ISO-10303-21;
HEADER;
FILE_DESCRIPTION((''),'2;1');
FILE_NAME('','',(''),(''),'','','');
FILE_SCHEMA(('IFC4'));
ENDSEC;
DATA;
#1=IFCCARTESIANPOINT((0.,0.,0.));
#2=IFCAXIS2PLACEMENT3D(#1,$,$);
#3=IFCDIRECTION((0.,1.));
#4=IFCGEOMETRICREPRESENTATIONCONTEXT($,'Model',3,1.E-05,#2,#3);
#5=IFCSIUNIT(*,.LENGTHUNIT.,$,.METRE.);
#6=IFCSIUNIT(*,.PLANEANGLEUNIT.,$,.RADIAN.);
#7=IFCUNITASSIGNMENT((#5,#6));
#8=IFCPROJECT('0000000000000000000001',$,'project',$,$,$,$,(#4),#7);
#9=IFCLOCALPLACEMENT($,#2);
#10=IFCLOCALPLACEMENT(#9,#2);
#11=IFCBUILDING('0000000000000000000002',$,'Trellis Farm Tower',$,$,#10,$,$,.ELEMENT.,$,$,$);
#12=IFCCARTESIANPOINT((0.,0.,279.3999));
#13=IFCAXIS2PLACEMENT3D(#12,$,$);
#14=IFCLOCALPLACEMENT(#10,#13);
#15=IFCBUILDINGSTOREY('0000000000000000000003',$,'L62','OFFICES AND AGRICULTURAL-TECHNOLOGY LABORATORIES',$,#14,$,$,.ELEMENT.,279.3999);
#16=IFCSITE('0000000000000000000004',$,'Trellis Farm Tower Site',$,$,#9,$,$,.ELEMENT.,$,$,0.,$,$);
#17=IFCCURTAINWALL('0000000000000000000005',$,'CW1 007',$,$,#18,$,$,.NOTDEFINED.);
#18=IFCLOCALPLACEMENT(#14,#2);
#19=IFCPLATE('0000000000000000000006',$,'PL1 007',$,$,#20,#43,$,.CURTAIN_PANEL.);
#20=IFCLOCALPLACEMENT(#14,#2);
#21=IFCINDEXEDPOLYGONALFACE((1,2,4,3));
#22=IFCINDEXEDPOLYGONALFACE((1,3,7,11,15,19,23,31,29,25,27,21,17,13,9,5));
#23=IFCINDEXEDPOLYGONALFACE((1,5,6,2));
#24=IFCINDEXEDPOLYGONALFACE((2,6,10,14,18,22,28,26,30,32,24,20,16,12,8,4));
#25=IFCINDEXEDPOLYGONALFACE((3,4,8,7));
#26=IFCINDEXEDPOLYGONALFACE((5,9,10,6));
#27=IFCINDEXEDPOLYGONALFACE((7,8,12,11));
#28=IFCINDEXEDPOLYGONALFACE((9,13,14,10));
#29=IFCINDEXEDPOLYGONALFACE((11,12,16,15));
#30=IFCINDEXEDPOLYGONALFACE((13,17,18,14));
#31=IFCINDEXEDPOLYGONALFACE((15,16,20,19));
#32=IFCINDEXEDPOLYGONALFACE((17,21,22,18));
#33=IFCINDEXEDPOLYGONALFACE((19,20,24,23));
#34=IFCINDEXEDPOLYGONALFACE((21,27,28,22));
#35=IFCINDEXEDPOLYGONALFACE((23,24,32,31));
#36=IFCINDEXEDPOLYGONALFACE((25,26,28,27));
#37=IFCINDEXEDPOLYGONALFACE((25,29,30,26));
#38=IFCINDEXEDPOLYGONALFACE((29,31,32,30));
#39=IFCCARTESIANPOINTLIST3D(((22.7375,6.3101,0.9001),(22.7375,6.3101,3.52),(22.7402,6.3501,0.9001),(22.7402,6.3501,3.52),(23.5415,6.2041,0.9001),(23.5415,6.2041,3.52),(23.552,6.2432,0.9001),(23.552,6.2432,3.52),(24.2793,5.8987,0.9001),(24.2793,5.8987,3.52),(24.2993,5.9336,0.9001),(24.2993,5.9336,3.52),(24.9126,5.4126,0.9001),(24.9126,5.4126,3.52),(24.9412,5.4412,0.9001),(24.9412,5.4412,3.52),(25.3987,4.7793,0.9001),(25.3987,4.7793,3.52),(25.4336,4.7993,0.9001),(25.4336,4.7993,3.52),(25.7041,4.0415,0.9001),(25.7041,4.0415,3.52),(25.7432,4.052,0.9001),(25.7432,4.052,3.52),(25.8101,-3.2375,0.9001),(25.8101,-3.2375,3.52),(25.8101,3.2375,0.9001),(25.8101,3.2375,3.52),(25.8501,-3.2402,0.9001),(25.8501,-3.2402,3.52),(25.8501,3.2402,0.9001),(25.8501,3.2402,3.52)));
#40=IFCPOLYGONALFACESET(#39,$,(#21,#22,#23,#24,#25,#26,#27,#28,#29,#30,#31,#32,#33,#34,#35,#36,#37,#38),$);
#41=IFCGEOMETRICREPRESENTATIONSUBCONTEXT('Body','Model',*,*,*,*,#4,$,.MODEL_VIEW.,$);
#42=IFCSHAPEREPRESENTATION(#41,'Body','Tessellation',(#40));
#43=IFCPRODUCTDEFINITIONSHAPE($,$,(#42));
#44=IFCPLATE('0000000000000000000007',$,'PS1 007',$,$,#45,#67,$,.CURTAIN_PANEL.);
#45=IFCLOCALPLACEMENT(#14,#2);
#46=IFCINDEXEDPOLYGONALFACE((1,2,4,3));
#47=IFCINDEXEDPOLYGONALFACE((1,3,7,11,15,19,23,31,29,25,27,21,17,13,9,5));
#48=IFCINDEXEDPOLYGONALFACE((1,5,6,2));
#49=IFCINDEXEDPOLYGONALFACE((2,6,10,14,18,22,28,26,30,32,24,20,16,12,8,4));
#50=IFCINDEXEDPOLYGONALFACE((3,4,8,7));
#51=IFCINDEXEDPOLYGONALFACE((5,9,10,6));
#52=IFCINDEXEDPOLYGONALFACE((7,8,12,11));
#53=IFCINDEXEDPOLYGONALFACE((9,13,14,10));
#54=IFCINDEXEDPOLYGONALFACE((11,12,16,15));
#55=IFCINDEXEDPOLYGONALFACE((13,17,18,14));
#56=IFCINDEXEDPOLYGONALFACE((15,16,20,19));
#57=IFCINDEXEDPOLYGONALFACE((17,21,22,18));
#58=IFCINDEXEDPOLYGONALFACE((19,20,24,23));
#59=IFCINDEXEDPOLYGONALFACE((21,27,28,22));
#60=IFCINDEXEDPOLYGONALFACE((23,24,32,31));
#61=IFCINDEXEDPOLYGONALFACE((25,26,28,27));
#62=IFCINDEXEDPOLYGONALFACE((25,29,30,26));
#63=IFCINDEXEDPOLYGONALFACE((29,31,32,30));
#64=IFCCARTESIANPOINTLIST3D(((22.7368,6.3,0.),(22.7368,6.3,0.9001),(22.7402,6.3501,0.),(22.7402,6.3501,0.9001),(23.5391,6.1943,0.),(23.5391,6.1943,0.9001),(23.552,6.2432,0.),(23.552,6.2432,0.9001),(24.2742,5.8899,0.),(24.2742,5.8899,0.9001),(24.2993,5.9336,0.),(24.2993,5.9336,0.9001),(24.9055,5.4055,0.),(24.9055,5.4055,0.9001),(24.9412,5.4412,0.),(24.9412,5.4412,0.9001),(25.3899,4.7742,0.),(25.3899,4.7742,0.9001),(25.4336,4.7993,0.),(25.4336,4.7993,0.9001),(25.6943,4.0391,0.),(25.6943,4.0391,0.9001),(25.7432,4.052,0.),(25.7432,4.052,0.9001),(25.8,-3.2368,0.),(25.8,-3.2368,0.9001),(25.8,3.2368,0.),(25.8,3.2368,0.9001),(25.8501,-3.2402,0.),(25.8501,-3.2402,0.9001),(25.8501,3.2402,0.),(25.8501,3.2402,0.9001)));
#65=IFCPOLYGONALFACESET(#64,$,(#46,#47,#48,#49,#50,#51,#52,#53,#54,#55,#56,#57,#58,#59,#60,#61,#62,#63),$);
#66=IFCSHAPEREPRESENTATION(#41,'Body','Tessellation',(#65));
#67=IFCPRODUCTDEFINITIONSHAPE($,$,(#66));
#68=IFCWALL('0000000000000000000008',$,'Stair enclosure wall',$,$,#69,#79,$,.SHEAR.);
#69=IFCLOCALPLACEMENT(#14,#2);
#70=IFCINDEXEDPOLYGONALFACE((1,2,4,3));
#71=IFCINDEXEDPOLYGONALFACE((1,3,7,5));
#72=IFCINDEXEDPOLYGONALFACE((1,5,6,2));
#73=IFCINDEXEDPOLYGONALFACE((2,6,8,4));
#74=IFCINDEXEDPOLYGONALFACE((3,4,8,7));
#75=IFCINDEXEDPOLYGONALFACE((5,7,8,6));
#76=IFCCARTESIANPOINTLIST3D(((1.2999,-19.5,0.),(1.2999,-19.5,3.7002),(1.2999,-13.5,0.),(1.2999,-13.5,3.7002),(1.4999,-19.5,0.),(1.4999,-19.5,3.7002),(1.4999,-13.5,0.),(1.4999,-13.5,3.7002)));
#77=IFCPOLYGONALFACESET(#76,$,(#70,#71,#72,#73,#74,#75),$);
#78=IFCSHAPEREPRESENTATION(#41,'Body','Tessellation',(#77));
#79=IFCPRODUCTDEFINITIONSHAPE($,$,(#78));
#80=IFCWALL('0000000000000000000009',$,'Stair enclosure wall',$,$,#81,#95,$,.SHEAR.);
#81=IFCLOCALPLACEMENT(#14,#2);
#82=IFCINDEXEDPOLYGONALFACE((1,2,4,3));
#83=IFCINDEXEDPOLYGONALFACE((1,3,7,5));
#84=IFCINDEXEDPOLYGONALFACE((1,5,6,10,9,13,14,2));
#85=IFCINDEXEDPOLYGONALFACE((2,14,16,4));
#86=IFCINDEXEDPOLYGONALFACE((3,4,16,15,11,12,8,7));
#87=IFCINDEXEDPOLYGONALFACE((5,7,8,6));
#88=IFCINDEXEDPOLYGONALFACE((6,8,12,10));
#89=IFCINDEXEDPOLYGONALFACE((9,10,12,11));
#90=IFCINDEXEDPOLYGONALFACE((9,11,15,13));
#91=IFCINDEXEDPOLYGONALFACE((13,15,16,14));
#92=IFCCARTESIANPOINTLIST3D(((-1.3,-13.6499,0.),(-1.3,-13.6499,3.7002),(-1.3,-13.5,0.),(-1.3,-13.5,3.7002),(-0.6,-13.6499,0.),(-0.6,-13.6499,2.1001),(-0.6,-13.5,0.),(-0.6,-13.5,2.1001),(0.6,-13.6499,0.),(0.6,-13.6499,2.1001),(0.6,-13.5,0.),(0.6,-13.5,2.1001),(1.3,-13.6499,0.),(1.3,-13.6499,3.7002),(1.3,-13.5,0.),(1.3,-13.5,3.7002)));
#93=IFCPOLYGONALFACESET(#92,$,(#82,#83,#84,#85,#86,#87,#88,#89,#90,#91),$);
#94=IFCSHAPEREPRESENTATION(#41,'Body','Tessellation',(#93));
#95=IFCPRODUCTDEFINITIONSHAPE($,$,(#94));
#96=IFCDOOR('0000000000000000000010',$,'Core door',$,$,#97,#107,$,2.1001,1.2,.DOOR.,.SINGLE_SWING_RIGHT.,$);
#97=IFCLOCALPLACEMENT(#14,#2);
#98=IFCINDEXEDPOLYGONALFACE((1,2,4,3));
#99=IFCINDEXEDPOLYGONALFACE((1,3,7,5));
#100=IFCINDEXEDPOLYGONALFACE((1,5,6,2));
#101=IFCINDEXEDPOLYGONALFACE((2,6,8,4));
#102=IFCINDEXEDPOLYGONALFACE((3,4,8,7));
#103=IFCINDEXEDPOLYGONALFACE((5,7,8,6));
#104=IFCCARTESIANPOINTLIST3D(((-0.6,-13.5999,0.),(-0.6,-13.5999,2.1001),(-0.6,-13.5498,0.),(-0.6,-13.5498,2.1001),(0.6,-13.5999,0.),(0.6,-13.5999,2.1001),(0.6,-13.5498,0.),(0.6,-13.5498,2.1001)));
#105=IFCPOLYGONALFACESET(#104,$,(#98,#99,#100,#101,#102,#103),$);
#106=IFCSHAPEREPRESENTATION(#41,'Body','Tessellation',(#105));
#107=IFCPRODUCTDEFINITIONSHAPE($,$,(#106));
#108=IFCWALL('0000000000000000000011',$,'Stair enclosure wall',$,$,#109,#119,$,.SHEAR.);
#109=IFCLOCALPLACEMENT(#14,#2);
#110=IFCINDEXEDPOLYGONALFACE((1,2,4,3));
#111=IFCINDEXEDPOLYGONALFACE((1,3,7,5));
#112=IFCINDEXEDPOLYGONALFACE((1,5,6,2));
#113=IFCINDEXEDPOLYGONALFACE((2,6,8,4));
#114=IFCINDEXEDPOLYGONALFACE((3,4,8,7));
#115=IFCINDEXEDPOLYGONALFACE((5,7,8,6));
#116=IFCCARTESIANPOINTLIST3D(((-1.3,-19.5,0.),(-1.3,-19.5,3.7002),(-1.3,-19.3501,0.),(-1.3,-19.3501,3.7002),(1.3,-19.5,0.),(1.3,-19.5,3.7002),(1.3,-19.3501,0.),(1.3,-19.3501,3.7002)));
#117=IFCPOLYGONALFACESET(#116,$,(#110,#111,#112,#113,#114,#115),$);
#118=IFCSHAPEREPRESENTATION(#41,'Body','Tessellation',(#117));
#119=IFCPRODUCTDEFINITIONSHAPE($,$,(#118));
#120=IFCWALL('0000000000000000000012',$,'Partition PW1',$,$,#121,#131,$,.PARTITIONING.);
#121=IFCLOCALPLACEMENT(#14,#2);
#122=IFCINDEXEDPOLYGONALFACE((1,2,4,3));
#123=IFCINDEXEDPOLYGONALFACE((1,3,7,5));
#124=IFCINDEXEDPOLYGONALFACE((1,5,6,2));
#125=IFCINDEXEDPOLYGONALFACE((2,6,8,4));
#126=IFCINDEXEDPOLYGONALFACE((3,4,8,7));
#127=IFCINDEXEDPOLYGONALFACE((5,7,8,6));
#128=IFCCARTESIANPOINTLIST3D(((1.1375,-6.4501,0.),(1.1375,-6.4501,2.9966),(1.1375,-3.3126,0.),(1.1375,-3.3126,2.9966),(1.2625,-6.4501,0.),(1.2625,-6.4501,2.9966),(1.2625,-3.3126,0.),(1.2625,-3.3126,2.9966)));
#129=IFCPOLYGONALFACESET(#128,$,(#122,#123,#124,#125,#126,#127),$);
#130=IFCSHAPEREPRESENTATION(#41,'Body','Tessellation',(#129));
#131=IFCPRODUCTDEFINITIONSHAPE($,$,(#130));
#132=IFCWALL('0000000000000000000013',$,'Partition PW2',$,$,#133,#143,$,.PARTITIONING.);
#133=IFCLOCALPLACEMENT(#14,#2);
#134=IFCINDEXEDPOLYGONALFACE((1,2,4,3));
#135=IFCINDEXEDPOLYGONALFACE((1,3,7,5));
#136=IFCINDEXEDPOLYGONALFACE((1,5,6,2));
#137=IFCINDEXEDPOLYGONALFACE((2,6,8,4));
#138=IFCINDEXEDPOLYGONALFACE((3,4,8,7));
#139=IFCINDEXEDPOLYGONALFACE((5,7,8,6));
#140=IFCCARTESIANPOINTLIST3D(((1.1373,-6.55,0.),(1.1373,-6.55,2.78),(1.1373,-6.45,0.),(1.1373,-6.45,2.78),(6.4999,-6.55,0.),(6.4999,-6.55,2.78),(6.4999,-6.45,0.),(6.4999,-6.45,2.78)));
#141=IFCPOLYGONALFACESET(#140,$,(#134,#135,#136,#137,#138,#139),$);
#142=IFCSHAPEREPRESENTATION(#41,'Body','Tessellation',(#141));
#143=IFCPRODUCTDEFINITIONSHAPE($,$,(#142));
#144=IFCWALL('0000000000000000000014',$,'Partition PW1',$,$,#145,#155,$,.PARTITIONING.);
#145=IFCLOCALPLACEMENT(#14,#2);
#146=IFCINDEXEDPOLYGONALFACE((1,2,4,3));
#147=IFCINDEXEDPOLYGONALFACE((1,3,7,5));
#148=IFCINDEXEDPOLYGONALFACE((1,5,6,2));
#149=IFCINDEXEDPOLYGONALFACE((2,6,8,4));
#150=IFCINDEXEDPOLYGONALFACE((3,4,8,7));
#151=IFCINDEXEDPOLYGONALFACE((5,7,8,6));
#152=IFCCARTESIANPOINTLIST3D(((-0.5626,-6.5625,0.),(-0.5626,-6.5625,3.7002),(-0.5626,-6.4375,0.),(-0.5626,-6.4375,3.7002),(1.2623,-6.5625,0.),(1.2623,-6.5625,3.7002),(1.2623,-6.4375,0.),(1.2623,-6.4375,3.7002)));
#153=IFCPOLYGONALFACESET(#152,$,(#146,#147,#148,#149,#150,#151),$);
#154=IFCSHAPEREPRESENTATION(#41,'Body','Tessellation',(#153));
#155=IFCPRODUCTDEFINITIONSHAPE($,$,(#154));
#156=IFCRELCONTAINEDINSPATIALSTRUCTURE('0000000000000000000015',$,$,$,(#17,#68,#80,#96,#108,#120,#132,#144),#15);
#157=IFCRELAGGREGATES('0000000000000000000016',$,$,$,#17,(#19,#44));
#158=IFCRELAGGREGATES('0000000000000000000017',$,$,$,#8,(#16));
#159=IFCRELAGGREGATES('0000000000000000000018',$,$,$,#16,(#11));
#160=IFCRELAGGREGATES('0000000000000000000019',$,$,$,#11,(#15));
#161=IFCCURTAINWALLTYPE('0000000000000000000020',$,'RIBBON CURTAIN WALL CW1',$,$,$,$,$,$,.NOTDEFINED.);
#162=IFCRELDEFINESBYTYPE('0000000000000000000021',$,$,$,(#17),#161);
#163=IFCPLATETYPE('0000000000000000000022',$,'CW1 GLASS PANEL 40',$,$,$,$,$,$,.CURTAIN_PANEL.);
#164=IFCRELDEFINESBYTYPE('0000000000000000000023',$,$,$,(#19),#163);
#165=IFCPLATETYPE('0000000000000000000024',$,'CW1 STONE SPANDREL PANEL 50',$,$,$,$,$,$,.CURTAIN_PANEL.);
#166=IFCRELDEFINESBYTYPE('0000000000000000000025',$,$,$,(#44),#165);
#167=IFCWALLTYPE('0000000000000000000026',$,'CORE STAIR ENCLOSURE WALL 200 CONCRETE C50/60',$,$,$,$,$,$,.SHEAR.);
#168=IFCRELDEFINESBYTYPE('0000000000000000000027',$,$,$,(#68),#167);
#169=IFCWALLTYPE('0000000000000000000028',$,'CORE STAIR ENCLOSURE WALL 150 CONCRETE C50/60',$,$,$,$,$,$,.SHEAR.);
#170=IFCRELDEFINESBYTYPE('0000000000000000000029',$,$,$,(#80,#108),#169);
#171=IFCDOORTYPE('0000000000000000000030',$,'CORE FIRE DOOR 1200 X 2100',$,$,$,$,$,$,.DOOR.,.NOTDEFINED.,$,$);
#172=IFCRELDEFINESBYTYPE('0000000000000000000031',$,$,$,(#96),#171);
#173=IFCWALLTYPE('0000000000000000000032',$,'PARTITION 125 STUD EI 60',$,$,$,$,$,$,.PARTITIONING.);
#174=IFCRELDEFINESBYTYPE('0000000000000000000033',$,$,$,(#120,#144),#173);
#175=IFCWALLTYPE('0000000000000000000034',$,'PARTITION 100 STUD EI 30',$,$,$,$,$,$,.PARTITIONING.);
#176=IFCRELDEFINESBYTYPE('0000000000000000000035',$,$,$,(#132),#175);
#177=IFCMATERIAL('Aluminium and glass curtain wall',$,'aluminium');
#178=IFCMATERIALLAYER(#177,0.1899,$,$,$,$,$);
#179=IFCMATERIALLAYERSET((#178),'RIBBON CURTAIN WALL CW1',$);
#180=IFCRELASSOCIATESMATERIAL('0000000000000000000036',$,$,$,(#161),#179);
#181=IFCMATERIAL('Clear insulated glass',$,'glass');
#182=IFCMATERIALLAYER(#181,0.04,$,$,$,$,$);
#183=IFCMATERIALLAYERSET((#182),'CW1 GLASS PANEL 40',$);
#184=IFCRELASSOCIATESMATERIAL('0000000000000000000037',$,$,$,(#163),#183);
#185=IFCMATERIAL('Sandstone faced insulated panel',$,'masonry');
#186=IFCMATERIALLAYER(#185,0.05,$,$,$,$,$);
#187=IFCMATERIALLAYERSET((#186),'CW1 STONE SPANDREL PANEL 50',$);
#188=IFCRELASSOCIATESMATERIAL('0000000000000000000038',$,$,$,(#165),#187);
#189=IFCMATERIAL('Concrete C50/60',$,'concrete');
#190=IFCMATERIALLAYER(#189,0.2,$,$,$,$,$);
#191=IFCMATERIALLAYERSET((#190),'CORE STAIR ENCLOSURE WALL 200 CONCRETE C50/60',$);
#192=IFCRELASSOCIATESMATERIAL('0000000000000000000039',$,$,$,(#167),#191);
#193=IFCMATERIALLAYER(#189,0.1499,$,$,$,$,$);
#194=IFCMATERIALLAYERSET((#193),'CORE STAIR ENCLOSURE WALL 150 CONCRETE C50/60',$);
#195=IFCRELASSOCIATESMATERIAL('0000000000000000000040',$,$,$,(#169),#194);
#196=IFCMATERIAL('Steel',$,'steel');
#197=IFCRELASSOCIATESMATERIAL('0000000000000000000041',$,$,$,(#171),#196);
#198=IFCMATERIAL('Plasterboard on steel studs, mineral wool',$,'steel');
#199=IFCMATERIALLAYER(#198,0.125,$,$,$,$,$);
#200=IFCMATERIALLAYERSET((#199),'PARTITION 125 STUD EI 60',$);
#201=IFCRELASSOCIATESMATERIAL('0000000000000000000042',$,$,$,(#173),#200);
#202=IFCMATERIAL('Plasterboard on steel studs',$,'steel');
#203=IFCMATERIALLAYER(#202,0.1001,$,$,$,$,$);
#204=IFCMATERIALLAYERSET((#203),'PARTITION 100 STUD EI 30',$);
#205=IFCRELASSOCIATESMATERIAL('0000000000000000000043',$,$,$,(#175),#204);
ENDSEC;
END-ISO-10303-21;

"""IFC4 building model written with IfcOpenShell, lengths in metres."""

from ifc_helpers import new_model, si_unit, direction, frame, frame_2d, origin, place, context, subcontext, project, spatial, polyline, rectangle, outline, extrude, source, transform, mapped, material, layer, layer_set, type_object, element, fill, aggregate, save


model = new_model("IFC4")

# Units and contexts
model_context = context("Model", 3, precision=1e-05, world=origin(), true_north=direction((0.0, 1.0)))
body_context = subcontext(model_context, "Body", "Model", "MODEL_VIEW")
ifc_project = project(units=[si_unit("LENGTHUNIT", "METRE"), si_unit("PLANEANGLEUNIT", "RADIAN")], contexts=[model_context])

# Site, building, storey
site_placement = place(None, origin())
site = spatial("IfcSite", under=ifc_project, at=site_placement, Name="Trellis Farm Tower Site", CompositionType="ELEMENT", RefElevation=0.0)
building_placement = place(site_placement, origin())
building = spatial("IfcBuilding", under=site, at=building_placement, Name="Trellis Farm Tower", CompositionType="ELEMENT")
storey_placement = place(building_placement, frame((0.0, 0.0, 279.3999)))
storey = spatial("IfcBuildingStorey", under=building, at=storey_placement, Name="L62", Description="OFFICES AND AGRICULTURAL-TECHNOLOGY LABORATORIES", CompositionType="ELEMENT", Elevation=279.3999)

# Curtain wall
ifc_material_1 = material(Name="Aluminium and glass curtain wall", Category="aluminium")
placement_1 = place(storey_placement, origin())
ifc_layer_1 = layer(ifc_material_1, 0.1899)
ifc_layer_set_1 = layer_set([ifc_layer_1], Name="RIBBON CURTAIN WALL CW1")
curtain_wall_type_1 = type_object("IfcCurtainWallType", Name="RIBBON CURTAIN WALL CW1", PredefinedType="NOTDEFINED", material=ifc_layer_set_1)
curtain_wall_1 = element("IfcCurtainWall", 1, at=placement_1, inside=storey, type_object=curtain_wall_type_1, Name="CW1 007", PredefinedType="NOTDEFINED")

# Plates
ifc_material_2 = material(Name="Clear insulated glass", Category="glass")
ifc_layer_2 = layer(ifc_material_2, 0.04)
ifc_layer_set_2 = layer_set([ifc_layer_2], Name="CW1 GLASS PANEL 40")
plate_type_1 = type_object("IfcPlateType", Name="CW1 GLASS PANEL 40", PredefinedType="CURTAIN_PANEL", material=ifc_layer_set_2)
placement_2 = place(storey_placement, frame((0.0, 0.0, 0.9001)))
ifc_material_3 = material(Name="Sandstone faced insulated panel", Category="masonry")
ifc_layer_3 = layer(ifc_material_3, 0.05)
ifc_layer_set_3 = layer_set([ifc_layer_3], Name="CW1 STONE SPANDREL PANEL 50")
plate_type_2 = type_object("IfcPlateType", Name="CW1 STONE SPANDREL PANEL 50", PredefinedType="CURTAIN_PANEL", material=ifc_layer_set_3)
shared_shape_1 = source(origin(), body_context, "Body", "SweptSolid", [
    extrude(outline(polyline([(25.8501, -3.2402), (25.8501, 3.2402), (25.7432, 4.052), (25.4336, 4.7993), (24.9412, 5.4412), (24.2993, 5.9336), (23.552, 6.2432), (22.7402, 6.3501), (22.7375, 6.3101), (23.5415, 6.2041), (24.2793, 5.8987), (24.9126, 5.4126), (25.3987, 4.7793), (25.7041, 4.0415), (25.8101, 3.2375), (25.8101, -3.2375), (25.8501, -3.2402)])), origin(), (0.0, 0.0, 1.0), 2.6199),
])
plate_1 = element("IfcPlate", 2, at=placement_2, type_object=plate_type_1, Name="PL1 007", PredefinedType="CURTAIN_PANEL", context=body_context, shape_type="MappedRepresentation", body=[
    mapped(shared_shape_1, transform((0.0, 0.0, 0.0))),
])
shared_shape_2 = source(origin(), body_context, "Body", "SweptSolid", [
    extrude(outline(polyline([(25.8501, -3.2402), (25.8501, 3.2402), (25.7432, 4.052), (25.4336, 4.7993), (24.9412, 5.4412), (24.2993, 5.9336), (23.552, 6.2432), (22.7402, 6.3501), (22.7368, 6.3), (23.5391, 6.1943), (24.2742, 5.8899), (24.9055, 5.4055), (25.3899, 4.7742), (25.6943, 4.0391), (25.8, 3.2368), (25.8, -3.2368), (25.8501, -3.2402)])), origin(), (0.0, 0.0, 1.0), 0.9001),
])
plate_2 = element("IfcPlate", 3, at=placement_1, type_object=plate_type_2, Name="PS1 007", PredefinedType="CURTAIN_PANEL", context=body_context, shape_type="MappedRepresentation", body=[
    mapped(shared_shape_2, transform((0.0, 0.0, 0.0))),
])
aggregate(curtain_wall_1, [plate_1, plate_2])

# Wall
ifc_material_4 = material(Name="Concrete C50/60", Category="concrete")
ifc_layer_4 = layer(ifc_material_4, 0.2)
ifc_layer_set_4 = layer_set([ifc_layer_4], Name="CORE STAIR ENCLOSURE WALL 200 CONCRETE C50/60")
wall_type_1 = type_object("IfcWallType", Name="CORE STAIR ENCLOSURE WALL 200 CONCRETE C50/60", PredefinedType="SHEAR", material=ifc_layer_set_4)
shared_shape_3 = source(origin(), body_context, "Body", "SweptSolid", [
    extrude(rectangle(XDim=6.0, YDim=0.2, at=frame_2d((3.0, 0.0))), origin(), (0.0, 0.0, 1.0), 3.7002),
])
wall_1_placement = place(storey_placement, frame((1.3999, -13.5, 0.0), z_axis=(0.0, 0.0, 1.0), x_axis=(0.0, -1.0, 0.0)))
element("IfcWall", 4, at=wall_1_placement, inside=storey, type_object=wall_type_1, Name="Stair enclosure wall", PredefinedType="SHEAR", context=body_context, shape_type="MappedRepresentation", body=[
    mapped(shared_shape_3, transform((0.0, 0.0, 0.0))),
])

# Wall, opening, door
ifc_layer_5 = layer(ifc_material_4, 0.1499)
ifc_layer_set_5 = layer_set([ifc_layer_5], Name="CORE STAIR ENCLOSURE WALL 150 CONCRETE C50/60")
wall_type_2 = type_object("IfcWallType", Name="CORE STAIR ENCLOSURE WALL 150 CONCRETE C50/60", PredefinedType="SHEAR", material=ifc_layer_set_5)
shared_shape_4 = source(origin(), body_context, "Body", "SweptSolid", [
    extrude(rectangle(XDim=2.6001, YDim=0.1499, at=frame_2d((1.3, 0.0))), origin(), (0.0, 0.0, 1.0), 3.7002),
])
wall_2_placement = place(storey_placement, frame((1.3, -13.575, 0.0), z_axis=(0.0, 0.0, 1.0), x_axis=(-1.0, 0.0, 0.0)))
wall_2 = element("IfcWall", 5, at=wall_2_placement, inside=storey, type_object=wall_type_2, Name="Stair enclosure wall", PredefinedType="SHEAR", context=body_context, shape_type="MappedRepresentation", body=[
    mapped(shared_shape_4, transform((0.0, 0.0, 0.0))),
])
shared_shape_5 = source(origin(), body_context, "Body", "SweptSolid", [
    extrude(rectangle(XDim=1.2, YDim=2.1001, at=frame_2d((0.6001, 1.05))), frame((0.0, 0.085, 0.0), z_axis=(0.0, -1.0, 0.0), x_axis=(1.0, 0.0, 0.0)), (0.0, 0.0, 1.0), 0.1699),
])
opening_1_placement = place(wall_2_placement, frame((0.7, 0.0, 0.0)))
opening_1 = element("IfcOpeningElement", 6, at=opening_1_placement, cuts=wall_2, PredefinedType="OPENING", context=body_context, shape_type="MappedRepresentation", body=[
    mapped(shared_shape_5, transform((0.0, 0.0, 0.0))),
])
ifc_material_5 = material(Name="Steel", Category="steel")
door_type_1 = type_object("IfcDoorType", Name="CORE FIRE DOOR 1200 X 2100", OperationType="NOTDEFINED", PredefinedType="DOOR", material=ifc_material_5)
shared_shape_6 = source(origin(), body_context, "Body", "SweptSolid", [
    extrude(rectangle(XDim=1.2, YDim=2.1001, at=frame_2d((0.6001, 1.05))), frame((0.0, 0.0249, 0.0), z_axis=(0.0, -1.0, 0.0), x_axis=(1.0, 0.0, 0.0)), (0.0, 0.0, 1.0), 0.05),
])
door_1_placement = place(opening_1_placement, origin())
door_1 = element("IfcDoor", 7, at=door_1_placement, inside=storey, type_object=door_type_1, Name="Core door", OperationType="SINGLE_SWING_RIGHT", OverallHeight=2.1001, OverallWidth=1.2, PredefinedType="DOOR", context=body_context, shape_type="MappedRepresentation", body=[
    mapped(shared_shape_6, transform((0.0, 0.0, 0.0))),
])
fill(opening_1, door_1)

# Walls
wall_3_placement = place(storey_placement, frame((1.3, -19.425, 0.0), z_axis=(0.0, 0.0, 1.0), x_axis=(-1.0, 0.0, 0.0)))
element("IfcWall", 8, at=wall_3_placement, inside=storey, type_object=wall_type_2, Name="Stair enclosure wall", PredefinedType="SHEAR", context=body_context, shape_type="MappedRepresentation", body=[
    mapped(shared_shape_4, transform((0.0, 0.0, 0.0))),
])
ifc_material_6 = material(Name="Plasterboard on steel studs, mineral wool", Category="steel")
ifc_layer_6 = layer(ifc_material_6, 0.125)
ifc_layer_set_6 = layer_set([ifc_layer_6], Name="PARTITION 125 STUD EI 60")
wall_type_3 = type_object("IfcWallType", Name="PARTITION 125 STUD EI 60", PredefinedType="PARTITIONING", material=ifc_layer_set_6)
shared_shape_7 = source(origin(), body_context, "Body", "SweptSolid", [
    extrude(rectangle(XDim=3.1375, YDim=0.125, at=frame_2d((1.5688, 0.0))), origin(), (0.0, 0.0, 1.0), 2.9966),
])
wall_4_placement = place(storey_placement, frame((1.2, -3.3125, 0.0), z_axis=(0.0, 0.0, 1.0), x_axis=(0.0, -1.0, 0.0)))
element("IfcWall", 9, at=wall_4_placement, inside=storey, type_object=wall_type_3, Name="Partition PW1", PredefinedType="PARTITIONING", context=body_context, shape_type="MappedRepresentation", body=[
    mapped(shared_shape_7, transform((0.0, 0.0, 0.0))),
])
ifc_material_7 = material(Name="Plasterboard on steel studs", Category="steel")
ifc_layer_7 = layer(ifc_material_7, 0.1001)
ifc_layer_set_7 = layer_set([ifc_layer_7], Name="PARTITION 100 STUD EI 30")
wall_type_4 = type_object("IfcWallType", Name="PARTITION 100 STUD EI 30", PredefinedType="PARTITIONING", material=ifc_layer_set_7)
shared_shape_8 = source(origin(), body_context, "Body", "SweptSolid", [
    extrude(rectangle(XDim=5.3625, YDim=0.1001, at=frame_2d((2.6812, 0.0))), origin(), (0.0, 0.0, 1.0), 2.78),
])
wall_5_placement = place(storey_placement, frame((1.1375, -6.5, 0.0), z_axis=(0.0, 0.0, 1.0), x_axis=(1.0, 0.0, 0.0)))
element("IfcWall", 10, at=wall_5_placement, inside=storey, type_object=wall_type_4, Name="Partition PW2", PredefinedType="PARTITIONING", context=body_context, shape_type="MappedRepresentation", body=[
    mapped(shared_shape_8, transform((0.0, 0.0, 0.0))),
])
shared_shape_9 = source(origin(), body_context, "Body", "SweptSolid", [
    extrude(rectangle(XDim=1.825, YDim=0.125, at=frame_2d((0.9126, 0.0))), origin(), (0.0, 0.0, 1.0), 3.7002),
])
wall_6_placement = place(storey_placement, frame((1.2625, -6.5, 0.0), z_axis=(0.0, 0.0, 1.0), x_axis=(-1.0, 0.0, 0.0)))
element("IfcWall", 11, at=wall_6_placement, inside=storey, type_object=wall_type_3, Name="Partition PW1", PredefinedType="PARTITIONING", context=body_context, shape_type="MappedRepresentation", body=[
    mapped(shared_shape_9, transform((0.0, 0.0, 0.0))),
])

save(model, "model.ifc")
